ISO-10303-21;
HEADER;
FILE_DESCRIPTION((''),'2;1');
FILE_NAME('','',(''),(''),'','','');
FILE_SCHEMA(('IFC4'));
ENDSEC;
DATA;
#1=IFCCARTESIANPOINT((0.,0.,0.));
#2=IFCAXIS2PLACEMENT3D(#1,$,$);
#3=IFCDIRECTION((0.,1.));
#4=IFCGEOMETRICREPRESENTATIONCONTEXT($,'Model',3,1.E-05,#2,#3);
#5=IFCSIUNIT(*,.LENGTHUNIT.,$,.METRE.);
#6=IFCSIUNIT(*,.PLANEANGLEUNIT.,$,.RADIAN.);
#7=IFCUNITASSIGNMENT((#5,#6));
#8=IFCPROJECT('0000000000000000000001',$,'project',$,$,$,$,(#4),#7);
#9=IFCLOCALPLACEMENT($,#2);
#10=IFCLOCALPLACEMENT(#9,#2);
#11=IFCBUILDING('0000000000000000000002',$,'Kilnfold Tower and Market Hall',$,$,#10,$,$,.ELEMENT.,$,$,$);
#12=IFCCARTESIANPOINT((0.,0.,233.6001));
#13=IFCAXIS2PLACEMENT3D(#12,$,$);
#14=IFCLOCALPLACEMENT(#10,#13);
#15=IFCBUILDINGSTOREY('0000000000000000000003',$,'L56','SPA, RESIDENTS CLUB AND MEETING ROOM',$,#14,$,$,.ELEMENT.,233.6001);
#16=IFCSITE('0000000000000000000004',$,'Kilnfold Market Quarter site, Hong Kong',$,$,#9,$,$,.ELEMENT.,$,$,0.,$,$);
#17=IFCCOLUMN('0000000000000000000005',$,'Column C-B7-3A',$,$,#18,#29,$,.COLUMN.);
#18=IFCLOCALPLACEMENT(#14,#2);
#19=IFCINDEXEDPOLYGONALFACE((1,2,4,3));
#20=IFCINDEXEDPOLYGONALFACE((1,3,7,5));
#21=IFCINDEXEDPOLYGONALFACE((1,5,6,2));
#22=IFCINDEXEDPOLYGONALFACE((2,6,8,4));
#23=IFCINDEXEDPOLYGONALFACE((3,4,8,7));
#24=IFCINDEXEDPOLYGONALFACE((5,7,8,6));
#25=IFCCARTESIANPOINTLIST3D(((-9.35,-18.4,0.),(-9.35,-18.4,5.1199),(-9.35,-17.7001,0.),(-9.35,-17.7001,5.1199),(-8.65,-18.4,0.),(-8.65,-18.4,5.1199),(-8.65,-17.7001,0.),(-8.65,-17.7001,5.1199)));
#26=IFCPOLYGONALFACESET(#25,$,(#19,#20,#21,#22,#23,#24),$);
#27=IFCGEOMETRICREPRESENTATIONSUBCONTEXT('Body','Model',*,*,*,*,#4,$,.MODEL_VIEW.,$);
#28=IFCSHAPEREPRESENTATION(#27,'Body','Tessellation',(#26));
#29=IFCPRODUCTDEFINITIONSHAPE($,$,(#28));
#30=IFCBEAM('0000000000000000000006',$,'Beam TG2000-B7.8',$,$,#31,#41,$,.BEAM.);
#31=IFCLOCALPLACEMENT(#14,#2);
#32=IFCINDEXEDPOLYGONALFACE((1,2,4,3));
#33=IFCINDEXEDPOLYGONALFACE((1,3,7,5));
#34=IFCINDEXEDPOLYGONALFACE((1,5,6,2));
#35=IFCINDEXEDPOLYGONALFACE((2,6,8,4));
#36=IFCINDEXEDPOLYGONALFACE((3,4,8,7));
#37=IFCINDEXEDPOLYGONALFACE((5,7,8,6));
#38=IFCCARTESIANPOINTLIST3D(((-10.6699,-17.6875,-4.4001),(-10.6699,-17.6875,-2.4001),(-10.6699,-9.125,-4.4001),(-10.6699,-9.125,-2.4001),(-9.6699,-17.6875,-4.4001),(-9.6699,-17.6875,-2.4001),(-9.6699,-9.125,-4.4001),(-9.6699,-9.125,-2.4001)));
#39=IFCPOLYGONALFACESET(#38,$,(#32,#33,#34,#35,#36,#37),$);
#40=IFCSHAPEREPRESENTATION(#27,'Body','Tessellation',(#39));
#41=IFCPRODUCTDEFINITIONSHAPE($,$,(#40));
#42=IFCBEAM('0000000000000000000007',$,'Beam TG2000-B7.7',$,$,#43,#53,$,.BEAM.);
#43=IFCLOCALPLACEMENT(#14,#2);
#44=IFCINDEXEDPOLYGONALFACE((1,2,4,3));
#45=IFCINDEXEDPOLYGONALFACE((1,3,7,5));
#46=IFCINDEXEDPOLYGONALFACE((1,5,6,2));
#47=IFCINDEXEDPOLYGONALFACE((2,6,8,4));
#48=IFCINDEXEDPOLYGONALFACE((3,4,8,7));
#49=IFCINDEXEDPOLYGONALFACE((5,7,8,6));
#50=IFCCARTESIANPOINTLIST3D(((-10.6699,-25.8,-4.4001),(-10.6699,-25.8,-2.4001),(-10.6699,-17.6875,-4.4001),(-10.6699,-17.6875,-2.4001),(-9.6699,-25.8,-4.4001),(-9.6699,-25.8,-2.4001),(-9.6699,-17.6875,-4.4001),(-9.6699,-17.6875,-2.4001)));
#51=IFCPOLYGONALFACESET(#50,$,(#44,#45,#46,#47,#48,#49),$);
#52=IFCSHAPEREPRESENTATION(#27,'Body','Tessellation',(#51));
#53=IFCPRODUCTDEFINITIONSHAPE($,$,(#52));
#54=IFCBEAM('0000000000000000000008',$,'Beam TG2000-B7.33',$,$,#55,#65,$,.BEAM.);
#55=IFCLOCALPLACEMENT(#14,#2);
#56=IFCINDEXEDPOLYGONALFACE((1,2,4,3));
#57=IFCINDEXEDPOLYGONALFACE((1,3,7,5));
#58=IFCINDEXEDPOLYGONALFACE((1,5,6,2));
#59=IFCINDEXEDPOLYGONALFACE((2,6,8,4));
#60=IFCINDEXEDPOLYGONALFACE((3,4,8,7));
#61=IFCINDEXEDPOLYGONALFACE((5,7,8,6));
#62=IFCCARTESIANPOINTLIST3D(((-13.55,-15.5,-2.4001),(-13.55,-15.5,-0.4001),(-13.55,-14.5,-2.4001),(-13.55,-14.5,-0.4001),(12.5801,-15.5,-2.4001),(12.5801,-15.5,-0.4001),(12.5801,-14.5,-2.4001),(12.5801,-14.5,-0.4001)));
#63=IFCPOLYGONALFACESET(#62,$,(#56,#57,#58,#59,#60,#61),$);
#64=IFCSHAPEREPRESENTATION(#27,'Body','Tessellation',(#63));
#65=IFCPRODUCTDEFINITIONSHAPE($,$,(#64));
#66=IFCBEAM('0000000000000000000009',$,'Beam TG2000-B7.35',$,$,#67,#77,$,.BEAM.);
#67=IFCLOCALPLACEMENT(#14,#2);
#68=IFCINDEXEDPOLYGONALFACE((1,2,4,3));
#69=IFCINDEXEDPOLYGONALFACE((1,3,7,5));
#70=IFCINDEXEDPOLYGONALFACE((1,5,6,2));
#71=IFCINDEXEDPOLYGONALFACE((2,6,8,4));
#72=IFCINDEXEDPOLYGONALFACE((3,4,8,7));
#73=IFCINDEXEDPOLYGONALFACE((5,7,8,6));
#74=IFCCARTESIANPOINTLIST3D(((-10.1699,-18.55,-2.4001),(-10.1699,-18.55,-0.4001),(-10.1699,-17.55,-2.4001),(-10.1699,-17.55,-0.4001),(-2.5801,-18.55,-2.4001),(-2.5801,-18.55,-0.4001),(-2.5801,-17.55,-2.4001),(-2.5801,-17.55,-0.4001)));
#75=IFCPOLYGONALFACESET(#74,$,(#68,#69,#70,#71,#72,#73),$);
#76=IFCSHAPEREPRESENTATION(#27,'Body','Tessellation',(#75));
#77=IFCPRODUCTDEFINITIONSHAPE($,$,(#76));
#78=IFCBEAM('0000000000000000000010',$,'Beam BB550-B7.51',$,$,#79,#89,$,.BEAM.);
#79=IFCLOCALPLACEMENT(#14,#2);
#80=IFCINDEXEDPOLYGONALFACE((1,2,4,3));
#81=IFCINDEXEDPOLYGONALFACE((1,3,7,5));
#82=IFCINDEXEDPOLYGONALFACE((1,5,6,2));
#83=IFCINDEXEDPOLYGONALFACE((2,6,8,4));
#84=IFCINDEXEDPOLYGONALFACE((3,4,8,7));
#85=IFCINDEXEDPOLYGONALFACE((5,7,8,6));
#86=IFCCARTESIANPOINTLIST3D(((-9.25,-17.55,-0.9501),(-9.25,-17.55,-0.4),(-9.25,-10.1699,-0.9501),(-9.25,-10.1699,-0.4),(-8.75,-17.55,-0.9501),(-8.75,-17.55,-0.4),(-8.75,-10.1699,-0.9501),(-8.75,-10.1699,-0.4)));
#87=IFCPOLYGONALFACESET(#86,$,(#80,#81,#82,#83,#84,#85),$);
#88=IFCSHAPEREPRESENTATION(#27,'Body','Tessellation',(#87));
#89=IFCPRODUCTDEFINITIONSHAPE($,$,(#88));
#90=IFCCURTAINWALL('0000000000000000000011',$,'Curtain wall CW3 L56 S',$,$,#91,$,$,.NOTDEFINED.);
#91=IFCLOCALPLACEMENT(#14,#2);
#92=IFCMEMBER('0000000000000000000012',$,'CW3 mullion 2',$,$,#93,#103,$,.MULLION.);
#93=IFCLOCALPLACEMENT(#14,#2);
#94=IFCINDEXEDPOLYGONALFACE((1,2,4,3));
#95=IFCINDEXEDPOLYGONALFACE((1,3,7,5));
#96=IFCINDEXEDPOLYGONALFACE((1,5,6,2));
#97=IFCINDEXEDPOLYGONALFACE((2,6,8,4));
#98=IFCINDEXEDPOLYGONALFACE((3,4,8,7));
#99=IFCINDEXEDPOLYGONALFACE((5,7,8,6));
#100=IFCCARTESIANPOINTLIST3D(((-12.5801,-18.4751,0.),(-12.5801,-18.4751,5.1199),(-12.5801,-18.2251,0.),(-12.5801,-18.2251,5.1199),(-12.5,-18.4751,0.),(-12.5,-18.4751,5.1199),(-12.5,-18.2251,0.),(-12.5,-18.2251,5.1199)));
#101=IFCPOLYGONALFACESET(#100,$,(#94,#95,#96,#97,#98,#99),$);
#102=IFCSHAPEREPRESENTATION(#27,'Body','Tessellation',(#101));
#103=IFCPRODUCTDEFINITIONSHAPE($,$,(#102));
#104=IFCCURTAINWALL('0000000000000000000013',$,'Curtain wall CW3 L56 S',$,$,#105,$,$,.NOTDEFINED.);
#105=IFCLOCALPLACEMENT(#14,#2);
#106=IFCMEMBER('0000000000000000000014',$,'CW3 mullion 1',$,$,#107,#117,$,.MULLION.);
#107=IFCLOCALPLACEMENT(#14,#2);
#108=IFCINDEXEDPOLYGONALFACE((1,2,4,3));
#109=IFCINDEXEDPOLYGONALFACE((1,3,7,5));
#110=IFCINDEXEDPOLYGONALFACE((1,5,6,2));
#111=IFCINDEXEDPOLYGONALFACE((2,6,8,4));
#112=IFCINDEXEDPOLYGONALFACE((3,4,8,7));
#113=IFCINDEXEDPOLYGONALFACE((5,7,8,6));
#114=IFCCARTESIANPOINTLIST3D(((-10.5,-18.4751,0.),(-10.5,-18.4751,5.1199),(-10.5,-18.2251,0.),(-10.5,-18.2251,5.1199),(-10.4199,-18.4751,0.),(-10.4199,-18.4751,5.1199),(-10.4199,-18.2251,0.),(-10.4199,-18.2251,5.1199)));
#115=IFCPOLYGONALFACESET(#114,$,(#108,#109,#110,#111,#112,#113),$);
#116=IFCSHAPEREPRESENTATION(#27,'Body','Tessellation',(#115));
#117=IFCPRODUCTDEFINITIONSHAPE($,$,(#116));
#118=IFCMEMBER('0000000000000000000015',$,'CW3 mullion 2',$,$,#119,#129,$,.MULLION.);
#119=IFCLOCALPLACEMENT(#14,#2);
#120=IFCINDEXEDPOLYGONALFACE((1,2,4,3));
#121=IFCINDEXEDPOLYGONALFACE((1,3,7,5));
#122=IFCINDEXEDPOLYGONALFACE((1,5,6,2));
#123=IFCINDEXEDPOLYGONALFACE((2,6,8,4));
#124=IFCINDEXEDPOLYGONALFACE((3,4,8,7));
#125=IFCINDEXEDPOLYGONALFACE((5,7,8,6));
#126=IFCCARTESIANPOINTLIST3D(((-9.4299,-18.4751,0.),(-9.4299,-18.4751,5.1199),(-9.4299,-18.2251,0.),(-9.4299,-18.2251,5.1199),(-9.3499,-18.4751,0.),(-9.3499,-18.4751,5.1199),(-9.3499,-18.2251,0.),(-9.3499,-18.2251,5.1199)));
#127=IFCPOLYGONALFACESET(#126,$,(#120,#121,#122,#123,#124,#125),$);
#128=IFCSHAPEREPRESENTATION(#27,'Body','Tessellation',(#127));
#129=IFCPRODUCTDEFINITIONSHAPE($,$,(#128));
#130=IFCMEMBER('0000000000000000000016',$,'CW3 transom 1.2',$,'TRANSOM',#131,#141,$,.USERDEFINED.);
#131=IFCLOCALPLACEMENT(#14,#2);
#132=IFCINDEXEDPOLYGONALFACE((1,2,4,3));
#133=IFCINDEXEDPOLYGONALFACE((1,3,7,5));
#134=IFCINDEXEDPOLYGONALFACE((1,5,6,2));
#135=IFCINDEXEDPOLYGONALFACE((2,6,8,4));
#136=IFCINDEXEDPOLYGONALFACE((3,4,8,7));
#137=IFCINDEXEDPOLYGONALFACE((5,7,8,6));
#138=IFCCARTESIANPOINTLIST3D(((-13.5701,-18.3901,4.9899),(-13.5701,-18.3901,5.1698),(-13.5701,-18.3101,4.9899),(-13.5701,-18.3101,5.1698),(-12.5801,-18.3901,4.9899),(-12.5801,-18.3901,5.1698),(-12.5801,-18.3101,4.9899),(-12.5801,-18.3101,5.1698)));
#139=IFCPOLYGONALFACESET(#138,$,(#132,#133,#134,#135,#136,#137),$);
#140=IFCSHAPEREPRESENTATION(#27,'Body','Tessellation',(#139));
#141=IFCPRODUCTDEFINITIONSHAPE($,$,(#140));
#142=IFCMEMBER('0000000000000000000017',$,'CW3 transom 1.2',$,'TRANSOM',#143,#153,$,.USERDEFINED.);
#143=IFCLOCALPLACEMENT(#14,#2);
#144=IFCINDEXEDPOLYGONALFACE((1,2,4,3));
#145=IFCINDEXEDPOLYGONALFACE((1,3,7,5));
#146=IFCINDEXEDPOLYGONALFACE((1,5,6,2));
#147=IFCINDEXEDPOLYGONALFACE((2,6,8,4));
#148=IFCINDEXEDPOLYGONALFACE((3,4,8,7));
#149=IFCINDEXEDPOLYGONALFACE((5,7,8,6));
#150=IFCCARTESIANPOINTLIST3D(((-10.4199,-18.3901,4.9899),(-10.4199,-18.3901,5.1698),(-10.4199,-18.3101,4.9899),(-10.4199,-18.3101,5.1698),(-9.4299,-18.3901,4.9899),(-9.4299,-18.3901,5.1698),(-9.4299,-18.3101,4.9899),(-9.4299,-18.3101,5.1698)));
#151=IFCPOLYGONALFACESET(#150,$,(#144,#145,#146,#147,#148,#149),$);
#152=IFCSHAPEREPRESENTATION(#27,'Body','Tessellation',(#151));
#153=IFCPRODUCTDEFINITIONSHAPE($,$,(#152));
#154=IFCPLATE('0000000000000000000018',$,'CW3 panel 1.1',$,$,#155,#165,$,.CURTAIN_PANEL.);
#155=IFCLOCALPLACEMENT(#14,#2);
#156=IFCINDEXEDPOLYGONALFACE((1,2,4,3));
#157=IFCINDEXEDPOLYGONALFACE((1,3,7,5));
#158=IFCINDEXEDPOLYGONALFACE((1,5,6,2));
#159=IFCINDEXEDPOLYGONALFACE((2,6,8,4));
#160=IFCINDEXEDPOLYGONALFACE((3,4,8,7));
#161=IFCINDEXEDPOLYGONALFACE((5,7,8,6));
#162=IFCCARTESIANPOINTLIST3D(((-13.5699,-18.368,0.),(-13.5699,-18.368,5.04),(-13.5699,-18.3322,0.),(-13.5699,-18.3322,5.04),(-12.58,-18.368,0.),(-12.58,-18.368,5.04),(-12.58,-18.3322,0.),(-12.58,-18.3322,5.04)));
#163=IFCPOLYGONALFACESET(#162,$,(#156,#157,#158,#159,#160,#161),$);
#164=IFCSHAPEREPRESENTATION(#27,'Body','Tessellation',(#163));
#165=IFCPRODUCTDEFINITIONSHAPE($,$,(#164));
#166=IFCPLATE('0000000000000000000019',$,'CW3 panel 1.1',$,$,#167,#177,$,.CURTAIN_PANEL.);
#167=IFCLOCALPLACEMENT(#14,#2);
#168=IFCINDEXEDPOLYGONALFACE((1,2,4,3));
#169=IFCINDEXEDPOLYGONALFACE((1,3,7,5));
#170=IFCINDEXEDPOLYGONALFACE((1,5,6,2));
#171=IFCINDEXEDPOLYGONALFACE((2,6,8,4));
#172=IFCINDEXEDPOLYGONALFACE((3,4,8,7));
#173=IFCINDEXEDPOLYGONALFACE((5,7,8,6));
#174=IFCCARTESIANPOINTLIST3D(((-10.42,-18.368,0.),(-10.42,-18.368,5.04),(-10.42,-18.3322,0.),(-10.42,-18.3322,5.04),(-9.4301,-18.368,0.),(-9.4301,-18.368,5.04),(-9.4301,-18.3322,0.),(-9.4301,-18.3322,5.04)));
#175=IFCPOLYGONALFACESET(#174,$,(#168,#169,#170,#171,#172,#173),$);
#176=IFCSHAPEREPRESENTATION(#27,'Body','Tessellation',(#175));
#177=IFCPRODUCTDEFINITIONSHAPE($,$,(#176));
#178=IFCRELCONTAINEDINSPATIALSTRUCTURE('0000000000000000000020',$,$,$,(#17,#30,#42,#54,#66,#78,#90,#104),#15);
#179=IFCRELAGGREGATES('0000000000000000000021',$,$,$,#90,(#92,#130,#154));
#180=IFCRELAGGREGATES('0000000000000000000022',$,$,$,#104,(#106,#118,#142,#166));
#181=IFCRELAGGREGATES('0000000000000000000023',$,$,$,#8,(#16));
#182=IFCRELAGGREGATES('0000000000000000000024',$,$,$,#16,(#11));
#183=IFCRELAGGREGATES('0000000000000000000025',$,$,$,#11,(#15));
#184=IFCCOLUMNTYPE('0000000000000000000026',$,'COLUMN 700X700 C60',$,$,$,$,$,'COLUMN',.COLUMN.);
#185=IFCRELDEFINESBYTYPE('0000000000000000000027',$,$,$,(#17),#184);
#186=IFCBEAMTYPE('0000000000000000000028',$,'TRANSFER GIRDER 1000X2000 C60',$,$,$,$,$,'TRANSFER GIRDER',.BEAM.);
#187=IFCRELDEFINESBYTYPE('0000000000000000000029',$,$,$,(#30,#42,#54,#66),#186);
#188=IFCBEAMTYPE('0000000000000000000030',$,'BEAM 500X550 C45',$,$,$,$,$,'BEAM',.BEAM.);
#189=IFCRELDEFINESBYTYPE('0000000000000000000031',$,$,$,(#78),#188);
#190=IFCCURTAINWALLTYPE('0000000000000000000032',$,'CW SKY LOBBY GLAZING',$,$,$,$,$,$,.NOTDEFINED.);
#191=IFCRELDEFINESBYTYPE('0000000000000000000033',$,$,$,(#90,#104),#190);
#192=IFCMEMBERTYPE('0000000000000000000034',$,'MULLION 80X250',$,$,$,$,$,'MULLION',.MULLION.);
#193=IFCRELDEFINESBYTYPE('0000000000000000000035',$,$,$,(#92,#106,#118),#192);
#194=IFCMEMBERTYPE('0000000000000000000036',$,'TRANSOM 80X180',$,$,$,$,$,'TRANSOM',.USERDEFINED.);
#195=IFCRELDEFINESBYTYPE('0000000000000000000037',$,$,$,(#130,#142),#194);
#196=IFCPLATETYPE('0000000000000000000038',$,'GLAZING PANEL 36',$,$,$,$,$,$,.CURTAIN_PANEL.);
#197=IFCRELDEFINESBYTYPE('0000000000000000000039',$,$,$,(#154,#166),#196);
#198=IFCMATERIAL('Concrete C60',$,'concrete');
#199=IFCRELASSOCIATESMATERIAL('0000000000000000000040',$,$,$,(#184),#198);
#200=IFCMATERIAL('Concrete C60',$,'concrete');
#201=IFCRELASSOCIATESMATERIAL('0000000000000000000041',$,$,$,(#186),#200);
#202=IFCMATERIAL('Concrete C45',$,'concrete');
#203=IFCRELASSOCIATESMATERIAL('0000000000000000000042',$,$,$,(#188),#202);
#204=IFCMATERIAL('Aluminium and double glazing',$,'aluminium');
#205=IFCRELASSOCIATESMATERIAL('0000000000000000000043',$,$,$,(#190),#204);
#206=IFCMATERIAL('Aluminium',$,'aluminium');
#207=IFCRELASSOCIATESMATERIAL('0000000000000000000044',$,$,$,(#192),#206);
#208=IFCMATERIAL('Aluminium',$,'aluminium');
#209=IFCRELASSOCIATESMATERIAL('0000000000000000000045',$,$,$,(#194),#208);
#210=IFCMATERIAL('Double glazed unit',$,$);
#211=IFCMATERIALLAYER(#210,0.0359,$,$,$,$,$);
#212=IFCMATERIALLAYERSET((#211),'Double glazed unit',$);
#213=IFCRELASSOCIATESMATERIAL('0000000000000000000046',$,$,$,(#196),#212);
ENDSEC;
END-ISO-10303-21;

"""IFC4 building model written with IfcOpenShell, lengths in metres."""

from ifc_helpers import new_model, si_unit, direction, frame, origin, origin_2d, place, context, subcontext, project, spatial, rectangle, extrude, source, transform, mapped, material, layer, layer_set, material_profile, profile_set, type_object, element, aggregate, save


model = new_model("IFC4")

# Units and contexts
model_context = context("Model", 3, precision=1e-05, world=origin(), true_north=direction((0.0, 1.0)))
body_context = subcontext(model_context, "Body", "Model", "MODEL_VIEW")
ifc_project = project(units=[si_unit("LENGTHUNIT", "METRE"), si_unit("PLANEANGLEUNIT", "RADIAN")], contexts=[model_context])

# Site, building, storey
site_placement = place(None, origin())
site = spatial("IfcSite", under=ifc_project, at=site_placement, Name="Kilnfold Market Quarter site, Hong Kong", CompositionType="ELEMENT", RefElevation=0.0)
building_placement = place(site_placement, origin())
building = spatial("IfcBuilding", under=site, at=building_placement, Name="Kilnfold Tower and Market Hall", CompositionType="ELEMENT")
storey_placement = place(building_placement, frame((0.0, 0.0, 233.6001)))
storey = spatial("IfcBuildingStorey", under=building, at=storey_placement, Name="L56", Description="SPA, RESIDENTS CLUB AND MEETING ROOM", CompositionType="ELEMENT", Elevation=233.6001)

# Column
ifc_material_1 = material(Name="Concrete C60", Category="concrete")
ifc_material_profile_1 = material_profile(ifc_material_1, rectangle(XDim=0.7, YDim=0.7, at=origin_2d()), Name="RC 700x700")
ifc_profile_set_1 = profile_set([ifc_material_profile_1], Name="Concrete C60")
column_type = type_object("IfcColumnType", Name="COLUMN 700X700 C60", ElementType="COLUMN", PredefinedType="COLUMN", material=ifc_profile_set_1)
shared_shape_1 = source(origin(), body_context, "Body", "SweptSolid", [
    extrude(rectangle(XDim=0.7, YDim=0.7, at=origin_2d()), origin(), (0.0, 0.0, 1.0), 5.1199),
])
column_placement = place(storey_placement, frame((-9.0, -18.05, 0.0), z_axis=(0.0, 0.0, 1.0), x_axis=(1.0, 0.0, 0.0)))
element("IfcColumn", 1, at=column_placement, inside=storey, type_object=column_type, Name="Column C-B7-3A", PredefinedType="COLUMN", context=body_context, shape_type="MappedRepresentation", body=[
    mapped(shared_shape_1, transform((0.0, 0.0, 0.0))),
])

# Beams
ifc_material_2 = material(Name="Concrete C60", Category="concrete")
ifc_material_profile_2 = material_profile(ifc_material_2, rectangle(XDim=1.0, YDim=2.0, at=origin_2d()), Name="RC 1000x2000")
ifc_profile_set_2 = profile_set([ifc_material_profile_2], Name="Concrete C60")
beam_type_1 = type_object("IfcBeamType", Name="TRANSFER GIRDER 1000X2000 C60", ElementType="TRANSFER GIRDER", PredefinedType="BEAM", material=ifc_profile_set_2)
shared_shape_2 = source(origin(), body_context, "Body", "SweptSolid", [
    extrude(rectangle(XDim=1.0, YDim=2.0, at=origin_2d()), origin(), (0.0, 0.0, 1.0), 8.5625),
])
beam_1_placement = place(storey_placement, frame((-10.1699, -17.6875, -3.4001), z_axis=(0.0, 1.0, 0.0), x_axis=(-1.0, 0.0, 0.0)))
element("IfcBeam", 2, at=beam_1_placement, inside=storey, type_object=beam_type_1, Name="Beam TG2000-B7.8", PredefinedType="BEAM", context=body_context, shape_type="MappedRepresentation", body=[
    mapped(shared_shape_2, transform((0.0, 0.0, 0.0))),
])
shared_shape_3 = source(origin(), body_context, "Body", "SweptSolid", [
    extrude(rectangle(XDim=1.0, YDim=2.0, at=origin_2d()), origin(), (0.0, 0.0, 1.0), 8.1125),
])
beam_2_placement = place(storey_placement, frame((-10.1699, -25.8, -3.4001), z_axis=(0.0, 1.0, 0.0), x_axis=(-1.0, 0.0, 0.0)))
element("IfcBeam", 3, at=beam_2_placement, inside=storey, type_object=beam_type_1, Name="Beam TG2000-B7.7", PredefinedType="BEAM", context=body_context, shape_type="MappedRepresentation", body=[
    mapped(shared_shape_3, transform((0.0, 0.0, 0.0))),
])
shared_shape_4 = source(origin(), body_context, "Body", "SweptSolid", [
    extrude(rectangle(XDim=1.0, YDim=2.0, at=origin_2d()), origin(), (0.0, 0.0, 1.0), 26.1301),
])
beam_3_placement = place(storey_placement, frame((-13.55, -15.0, -1.4001), z_axis=(1.0, 0.0, 0.0), x_axis=(0.0, 1.0, 0.0)))
element("IfcBeam", 4, at=beam_3_placement, inside=storey, type_object=beam_type_1, Name="Beam TG2000-B7.33", PredefinedType="BEAM", context=body_context, shape_type="MappedRepresentation", body=[
    mapped(shared_shape_4, transform((0.0, 0.0, 0.0))),
])
shared_shape_5 = source(origin(), body_context, "Body", "SweptSolid", [
    extrude(rectangle(XDim=1.0, YDim=2.0, at=origin_2d()), origin(), (0.0, 0.0, 1.0), 7.5898),
])
beam_4_placement = place(storey_placement, frame((-10.1699, -18.05, -1.4001), z_axis=(1.0, 0.0, 0.0), x_axis=(0.0, 1.0, 0.0)))
element("IfcBeam", 5, at=beam_4_placement, inside=storey, type_object=beam_type_1, Name="Beam TG2000-B7.35", PredefinedType="BEAM", context=body_context, shape_type="MappedRepresentation", body=[
    mapped(shared_shape_5, transform((0.0, 0.0, 0.0))),
])
ifc_material_3 = material(Name="Concrete C45", Category="concrete")
ifc_material_profile_3 = material_profile(ifc_material_3, rectangle(XDim=0.5, YDim=0.55, at=origin_2d()), Name="RC 500x550")
ifc_profile_set_3 = profile_set([ifc_material_profile_3], Name="Concrete C45")
beam_type_2 = type_object("IfcBeamType", Name="BEAM 500X550 C45", ElementType="BEAM", PredefinedType="BEAM", material=ifc_profile_set_3)
shared_shape_6 = source(origin(), body_context, "Body", "SweptSolid", [
    extrude(rectangle(XDim=0.5, YDim=0.55, at=origin_2d()), origin(), (0.0, 0.0, 1.0), 7.3801),
])
beam_5_placement = place(storey_placement, frame((-9.0, -17.55, -0.675), z_axis=(0.0, 1.0, 0.0), x_axis=(-1.0, 0.0, 0.0)))
element("IfcBeam", 6, at=beam_5_placement, inside=storey, type_object=beam_type_2, Name="Beam BB550-B7.51", PredefinedType="BEAM", context=body_context, shape_type="MappedRepresentation", body=[
    mapped(shared_shape_6, transform((0.0, 0.0, 0.0))),
])

# Curtain wall, member
ifc_material_4 = material(Name="Aluminium and double glazing", Category="aluminium")
curtain_wall_type = type_object("IfcCurtainWallType", Name="CW SKY LOBBY GLAZING", PredefinedType="NOTDEFINED", material=ifc_material_4)
curtain_wall_1_placement = place(storey_placement, origin())
curtain_wall_1 = element("IfcCurtainWall", 7, at=curtain_wall_1_placement, inside=storey, type_object=curtain_wall_type, Name="Curtain wall CW3 L56 S", PredefinedType="NOTDEFINED")
ifc_material_5 = material(Name="Aluminium", Category="aluminium")
ifc_material_profile_4 = material_profile(ifc_material_5, rectangle(XDim=0.0801, YDim=0.25, at=origin_2d()), Name="MULLION 80x250")
ifc_profile_set_4 = profile_set([ifc_material_profile_4], Name="Aluminium")
member_type_1 = type_object("IfcMemberType", Name="MULLION 80X250", ElementType="MULLION", PredefinedType="MULLION", material=ifc_profile_set_4)
shared_shape_7 = source(origin(), body_context, "Body", "SweptSolid", [
    extrude(rectangle(XDim=0.0801, YDim=0.25, at=origin_2d()), origin(), (0.0, 0.0, 1.0), 5.1199),
])
member_1_placement = place(storey_placement, frame((-12.54, -18.3501, 0.0), z_axis=(0.0, 0.0, 1.0), x_axis=(1.0, 0.0, 0.0)))
member_1 = element("IfcMember", 8, at=member_1_placement, type_object=member_type_1, Name="CW3 mullion 2", PredefinedType="MULLION", context=body_context, shape_type="MappedRepresentation", body=[
    mapped(shared_shape_7, transform((0.0, 0.0, 0.0))),
])

# Curtain wall, members
curtain_wall_2_placement = place(storey_placement, origin())
curtain_wall_2 = element("IfcCurtainWall", 9, at=curtain_wall_2_placement, inside=storey, type_object=curtain_wall_type, Name="Curtain wall CW3 L56 S", PredefinedType="NOTDEFINED")
member_2_placement = place(storey_placement, frame((-10.46, -18.3501, 0.0), z_axis=(0.0, 0.0, 1.0), x_axis=(1.0, 0.0, 0.0)))
member_2 = element("IfcMember", 10, at=member_2_placement, type_object=member_type_1, Name="CW3 mullion 1", PredefinedType="MULLION", context=body_context, shape_type="MappedRepresentation", body=[
    mapped(shared_shape_7, transform((0.0, 0.0, 0.0))),
])
member_3_placement = place(storey_placement, frame((-9.3899, -18.3501, 0.0), z_axis=(0.0, 0.0, 1.0), x_axis=(1.0, 0.0, 0.0)))
member_3 = element("IfcMember", 11, at=member_3_placement, type_object=member_type_1, Name="CW3 mullion 2", PredefinedType="MULLION", context=body_context, shape_type="MappedRepresentation", body=[
    mapped(shared_shape_7, transform((0.0, 0.0, 0.0))),
])

# Members
ifc_material_6 = material(Name="Aluminium", Category="aluminium")
ifc_material_profile_5 = material_profile(ifc_material_6, rectangle(XDim=0.0801, YDim=0.1799, at=origin_2d()), Name="TRANSOM 80x180")
ifc_profile_set_5 = profile_set([ifc_material_profile_5], Name="Aluminium")
member_type_2 = type_object("IfcMemberType", Name="TRANSOM 80X180", ElementType="TRANSOM", PredefinedType="USERDEFINED", material=ifc_profile_set_5)
shared_shape_8 = source(origin(), body_context, "Body", "SweptSolid", [
    extrude(rectangle(XDim=0.0801, YDim=0.1799, at=origin_2d()), origin(), (0.0, 0.0, 1.0), 0.99),
])
member_4_placement = place(storey_placement, frame((-13.5701, -18.3501, 5.0798), z_axis=(1.0, 0.0, 0.0), x_axis=(0.0, 1.0, 0.0)))
member_4 = element("IfcMember", 12, at=member_4_placement, type_object=member_type_2, Name="CW3 transom 1.2", ObjectType="TRANSOM", PredefinedType="USERDEFINED", context=body_context, shape_type="MappedRepresentation", body=[
    mapped(shared_shape_8, transform((0.0, 0.0, 0.0))),
])
member_5_placement = place(storey_placement, frame((-10.4199, -18.3501, 5.0798), z_axis=(1.0, 0.0, 0.0), x_axis=(0.0, 1.0, 0.0)))
member_5 = element("IfcMember", 13, at=member_5_placement, type_object=member_type_2, Name="CW3 transom 1.2", ObjectType="TRANSOM", PredefinedType="USERDEFINED", context=body_context, shape_type="MappedRepresentation", body=[
    mapped(shared_shape_8, transform((0.0, 0.0, 0.0))),
])

# Plates
ifc_material_7 = material(Name="Double glazed unit")
ifc_layer_1 = layer(ifc_material_7, 0.0359)
ifc_layer_set_1 = layer_set([ifc_layer_1], Name="Double glazed unit")
plate_type = type_object("IfcPlateType", Name="GLAZING PANEL 36", PredefinedType="CURTAIN_PANEL", material=ifc_layer_set_1)
shared_shape_9 = source(origin(), body_context, "Body", "SweptSolid", [
    extrude(rectangle(XDim=0.99, YDim=0.0359, at=origin_2d()), origin(), (0.0, 0.0, 1.0), 5.04),
])
plate_1_placement = place(storey_placement, frame((-13.075, -18.3501, 0.0), z_axis=(0.0, 0.0, 1.0), x_axis=(1.0, 0.0, 0.0)))
plate_1 = element("IfcPlate", 14, at=plate_1_placement, type_object=plate_type, Name="CW3 panel 1.1", PredefinedType="CURTAIN_PANEL", context=body_context, shape_type="MappedRepresentation", body=[
    mapped(shared_shape_9, transform((0.0, 0.0, 0.0))),
])
aggregate(curtain_wall_1, [member_1, member_4, plate_1])
plate_2_placement = place(storey_placement, frame((-9.925, -18.3501, 0.0), z_axis=(0.0, 0.0, 1.0), x_axis=(1.0, 0.0, 0.0)))
plate_2 = element("IfcPlate", 15, at=plate_2_placement, type_object=plate_type, Name="CW3 panel 1.1", PredefinedType="CURTAIN_PANEL", context=body_context, shape_type="MappedRepresentation", body=[
    mapped(shared_shape_9, transform((0.0, 0.0, 0.0))),
])
aggregate(curtain_wall_2, [member_2, member_3, member_5, plate_2])

save(model, "model.ifc")
